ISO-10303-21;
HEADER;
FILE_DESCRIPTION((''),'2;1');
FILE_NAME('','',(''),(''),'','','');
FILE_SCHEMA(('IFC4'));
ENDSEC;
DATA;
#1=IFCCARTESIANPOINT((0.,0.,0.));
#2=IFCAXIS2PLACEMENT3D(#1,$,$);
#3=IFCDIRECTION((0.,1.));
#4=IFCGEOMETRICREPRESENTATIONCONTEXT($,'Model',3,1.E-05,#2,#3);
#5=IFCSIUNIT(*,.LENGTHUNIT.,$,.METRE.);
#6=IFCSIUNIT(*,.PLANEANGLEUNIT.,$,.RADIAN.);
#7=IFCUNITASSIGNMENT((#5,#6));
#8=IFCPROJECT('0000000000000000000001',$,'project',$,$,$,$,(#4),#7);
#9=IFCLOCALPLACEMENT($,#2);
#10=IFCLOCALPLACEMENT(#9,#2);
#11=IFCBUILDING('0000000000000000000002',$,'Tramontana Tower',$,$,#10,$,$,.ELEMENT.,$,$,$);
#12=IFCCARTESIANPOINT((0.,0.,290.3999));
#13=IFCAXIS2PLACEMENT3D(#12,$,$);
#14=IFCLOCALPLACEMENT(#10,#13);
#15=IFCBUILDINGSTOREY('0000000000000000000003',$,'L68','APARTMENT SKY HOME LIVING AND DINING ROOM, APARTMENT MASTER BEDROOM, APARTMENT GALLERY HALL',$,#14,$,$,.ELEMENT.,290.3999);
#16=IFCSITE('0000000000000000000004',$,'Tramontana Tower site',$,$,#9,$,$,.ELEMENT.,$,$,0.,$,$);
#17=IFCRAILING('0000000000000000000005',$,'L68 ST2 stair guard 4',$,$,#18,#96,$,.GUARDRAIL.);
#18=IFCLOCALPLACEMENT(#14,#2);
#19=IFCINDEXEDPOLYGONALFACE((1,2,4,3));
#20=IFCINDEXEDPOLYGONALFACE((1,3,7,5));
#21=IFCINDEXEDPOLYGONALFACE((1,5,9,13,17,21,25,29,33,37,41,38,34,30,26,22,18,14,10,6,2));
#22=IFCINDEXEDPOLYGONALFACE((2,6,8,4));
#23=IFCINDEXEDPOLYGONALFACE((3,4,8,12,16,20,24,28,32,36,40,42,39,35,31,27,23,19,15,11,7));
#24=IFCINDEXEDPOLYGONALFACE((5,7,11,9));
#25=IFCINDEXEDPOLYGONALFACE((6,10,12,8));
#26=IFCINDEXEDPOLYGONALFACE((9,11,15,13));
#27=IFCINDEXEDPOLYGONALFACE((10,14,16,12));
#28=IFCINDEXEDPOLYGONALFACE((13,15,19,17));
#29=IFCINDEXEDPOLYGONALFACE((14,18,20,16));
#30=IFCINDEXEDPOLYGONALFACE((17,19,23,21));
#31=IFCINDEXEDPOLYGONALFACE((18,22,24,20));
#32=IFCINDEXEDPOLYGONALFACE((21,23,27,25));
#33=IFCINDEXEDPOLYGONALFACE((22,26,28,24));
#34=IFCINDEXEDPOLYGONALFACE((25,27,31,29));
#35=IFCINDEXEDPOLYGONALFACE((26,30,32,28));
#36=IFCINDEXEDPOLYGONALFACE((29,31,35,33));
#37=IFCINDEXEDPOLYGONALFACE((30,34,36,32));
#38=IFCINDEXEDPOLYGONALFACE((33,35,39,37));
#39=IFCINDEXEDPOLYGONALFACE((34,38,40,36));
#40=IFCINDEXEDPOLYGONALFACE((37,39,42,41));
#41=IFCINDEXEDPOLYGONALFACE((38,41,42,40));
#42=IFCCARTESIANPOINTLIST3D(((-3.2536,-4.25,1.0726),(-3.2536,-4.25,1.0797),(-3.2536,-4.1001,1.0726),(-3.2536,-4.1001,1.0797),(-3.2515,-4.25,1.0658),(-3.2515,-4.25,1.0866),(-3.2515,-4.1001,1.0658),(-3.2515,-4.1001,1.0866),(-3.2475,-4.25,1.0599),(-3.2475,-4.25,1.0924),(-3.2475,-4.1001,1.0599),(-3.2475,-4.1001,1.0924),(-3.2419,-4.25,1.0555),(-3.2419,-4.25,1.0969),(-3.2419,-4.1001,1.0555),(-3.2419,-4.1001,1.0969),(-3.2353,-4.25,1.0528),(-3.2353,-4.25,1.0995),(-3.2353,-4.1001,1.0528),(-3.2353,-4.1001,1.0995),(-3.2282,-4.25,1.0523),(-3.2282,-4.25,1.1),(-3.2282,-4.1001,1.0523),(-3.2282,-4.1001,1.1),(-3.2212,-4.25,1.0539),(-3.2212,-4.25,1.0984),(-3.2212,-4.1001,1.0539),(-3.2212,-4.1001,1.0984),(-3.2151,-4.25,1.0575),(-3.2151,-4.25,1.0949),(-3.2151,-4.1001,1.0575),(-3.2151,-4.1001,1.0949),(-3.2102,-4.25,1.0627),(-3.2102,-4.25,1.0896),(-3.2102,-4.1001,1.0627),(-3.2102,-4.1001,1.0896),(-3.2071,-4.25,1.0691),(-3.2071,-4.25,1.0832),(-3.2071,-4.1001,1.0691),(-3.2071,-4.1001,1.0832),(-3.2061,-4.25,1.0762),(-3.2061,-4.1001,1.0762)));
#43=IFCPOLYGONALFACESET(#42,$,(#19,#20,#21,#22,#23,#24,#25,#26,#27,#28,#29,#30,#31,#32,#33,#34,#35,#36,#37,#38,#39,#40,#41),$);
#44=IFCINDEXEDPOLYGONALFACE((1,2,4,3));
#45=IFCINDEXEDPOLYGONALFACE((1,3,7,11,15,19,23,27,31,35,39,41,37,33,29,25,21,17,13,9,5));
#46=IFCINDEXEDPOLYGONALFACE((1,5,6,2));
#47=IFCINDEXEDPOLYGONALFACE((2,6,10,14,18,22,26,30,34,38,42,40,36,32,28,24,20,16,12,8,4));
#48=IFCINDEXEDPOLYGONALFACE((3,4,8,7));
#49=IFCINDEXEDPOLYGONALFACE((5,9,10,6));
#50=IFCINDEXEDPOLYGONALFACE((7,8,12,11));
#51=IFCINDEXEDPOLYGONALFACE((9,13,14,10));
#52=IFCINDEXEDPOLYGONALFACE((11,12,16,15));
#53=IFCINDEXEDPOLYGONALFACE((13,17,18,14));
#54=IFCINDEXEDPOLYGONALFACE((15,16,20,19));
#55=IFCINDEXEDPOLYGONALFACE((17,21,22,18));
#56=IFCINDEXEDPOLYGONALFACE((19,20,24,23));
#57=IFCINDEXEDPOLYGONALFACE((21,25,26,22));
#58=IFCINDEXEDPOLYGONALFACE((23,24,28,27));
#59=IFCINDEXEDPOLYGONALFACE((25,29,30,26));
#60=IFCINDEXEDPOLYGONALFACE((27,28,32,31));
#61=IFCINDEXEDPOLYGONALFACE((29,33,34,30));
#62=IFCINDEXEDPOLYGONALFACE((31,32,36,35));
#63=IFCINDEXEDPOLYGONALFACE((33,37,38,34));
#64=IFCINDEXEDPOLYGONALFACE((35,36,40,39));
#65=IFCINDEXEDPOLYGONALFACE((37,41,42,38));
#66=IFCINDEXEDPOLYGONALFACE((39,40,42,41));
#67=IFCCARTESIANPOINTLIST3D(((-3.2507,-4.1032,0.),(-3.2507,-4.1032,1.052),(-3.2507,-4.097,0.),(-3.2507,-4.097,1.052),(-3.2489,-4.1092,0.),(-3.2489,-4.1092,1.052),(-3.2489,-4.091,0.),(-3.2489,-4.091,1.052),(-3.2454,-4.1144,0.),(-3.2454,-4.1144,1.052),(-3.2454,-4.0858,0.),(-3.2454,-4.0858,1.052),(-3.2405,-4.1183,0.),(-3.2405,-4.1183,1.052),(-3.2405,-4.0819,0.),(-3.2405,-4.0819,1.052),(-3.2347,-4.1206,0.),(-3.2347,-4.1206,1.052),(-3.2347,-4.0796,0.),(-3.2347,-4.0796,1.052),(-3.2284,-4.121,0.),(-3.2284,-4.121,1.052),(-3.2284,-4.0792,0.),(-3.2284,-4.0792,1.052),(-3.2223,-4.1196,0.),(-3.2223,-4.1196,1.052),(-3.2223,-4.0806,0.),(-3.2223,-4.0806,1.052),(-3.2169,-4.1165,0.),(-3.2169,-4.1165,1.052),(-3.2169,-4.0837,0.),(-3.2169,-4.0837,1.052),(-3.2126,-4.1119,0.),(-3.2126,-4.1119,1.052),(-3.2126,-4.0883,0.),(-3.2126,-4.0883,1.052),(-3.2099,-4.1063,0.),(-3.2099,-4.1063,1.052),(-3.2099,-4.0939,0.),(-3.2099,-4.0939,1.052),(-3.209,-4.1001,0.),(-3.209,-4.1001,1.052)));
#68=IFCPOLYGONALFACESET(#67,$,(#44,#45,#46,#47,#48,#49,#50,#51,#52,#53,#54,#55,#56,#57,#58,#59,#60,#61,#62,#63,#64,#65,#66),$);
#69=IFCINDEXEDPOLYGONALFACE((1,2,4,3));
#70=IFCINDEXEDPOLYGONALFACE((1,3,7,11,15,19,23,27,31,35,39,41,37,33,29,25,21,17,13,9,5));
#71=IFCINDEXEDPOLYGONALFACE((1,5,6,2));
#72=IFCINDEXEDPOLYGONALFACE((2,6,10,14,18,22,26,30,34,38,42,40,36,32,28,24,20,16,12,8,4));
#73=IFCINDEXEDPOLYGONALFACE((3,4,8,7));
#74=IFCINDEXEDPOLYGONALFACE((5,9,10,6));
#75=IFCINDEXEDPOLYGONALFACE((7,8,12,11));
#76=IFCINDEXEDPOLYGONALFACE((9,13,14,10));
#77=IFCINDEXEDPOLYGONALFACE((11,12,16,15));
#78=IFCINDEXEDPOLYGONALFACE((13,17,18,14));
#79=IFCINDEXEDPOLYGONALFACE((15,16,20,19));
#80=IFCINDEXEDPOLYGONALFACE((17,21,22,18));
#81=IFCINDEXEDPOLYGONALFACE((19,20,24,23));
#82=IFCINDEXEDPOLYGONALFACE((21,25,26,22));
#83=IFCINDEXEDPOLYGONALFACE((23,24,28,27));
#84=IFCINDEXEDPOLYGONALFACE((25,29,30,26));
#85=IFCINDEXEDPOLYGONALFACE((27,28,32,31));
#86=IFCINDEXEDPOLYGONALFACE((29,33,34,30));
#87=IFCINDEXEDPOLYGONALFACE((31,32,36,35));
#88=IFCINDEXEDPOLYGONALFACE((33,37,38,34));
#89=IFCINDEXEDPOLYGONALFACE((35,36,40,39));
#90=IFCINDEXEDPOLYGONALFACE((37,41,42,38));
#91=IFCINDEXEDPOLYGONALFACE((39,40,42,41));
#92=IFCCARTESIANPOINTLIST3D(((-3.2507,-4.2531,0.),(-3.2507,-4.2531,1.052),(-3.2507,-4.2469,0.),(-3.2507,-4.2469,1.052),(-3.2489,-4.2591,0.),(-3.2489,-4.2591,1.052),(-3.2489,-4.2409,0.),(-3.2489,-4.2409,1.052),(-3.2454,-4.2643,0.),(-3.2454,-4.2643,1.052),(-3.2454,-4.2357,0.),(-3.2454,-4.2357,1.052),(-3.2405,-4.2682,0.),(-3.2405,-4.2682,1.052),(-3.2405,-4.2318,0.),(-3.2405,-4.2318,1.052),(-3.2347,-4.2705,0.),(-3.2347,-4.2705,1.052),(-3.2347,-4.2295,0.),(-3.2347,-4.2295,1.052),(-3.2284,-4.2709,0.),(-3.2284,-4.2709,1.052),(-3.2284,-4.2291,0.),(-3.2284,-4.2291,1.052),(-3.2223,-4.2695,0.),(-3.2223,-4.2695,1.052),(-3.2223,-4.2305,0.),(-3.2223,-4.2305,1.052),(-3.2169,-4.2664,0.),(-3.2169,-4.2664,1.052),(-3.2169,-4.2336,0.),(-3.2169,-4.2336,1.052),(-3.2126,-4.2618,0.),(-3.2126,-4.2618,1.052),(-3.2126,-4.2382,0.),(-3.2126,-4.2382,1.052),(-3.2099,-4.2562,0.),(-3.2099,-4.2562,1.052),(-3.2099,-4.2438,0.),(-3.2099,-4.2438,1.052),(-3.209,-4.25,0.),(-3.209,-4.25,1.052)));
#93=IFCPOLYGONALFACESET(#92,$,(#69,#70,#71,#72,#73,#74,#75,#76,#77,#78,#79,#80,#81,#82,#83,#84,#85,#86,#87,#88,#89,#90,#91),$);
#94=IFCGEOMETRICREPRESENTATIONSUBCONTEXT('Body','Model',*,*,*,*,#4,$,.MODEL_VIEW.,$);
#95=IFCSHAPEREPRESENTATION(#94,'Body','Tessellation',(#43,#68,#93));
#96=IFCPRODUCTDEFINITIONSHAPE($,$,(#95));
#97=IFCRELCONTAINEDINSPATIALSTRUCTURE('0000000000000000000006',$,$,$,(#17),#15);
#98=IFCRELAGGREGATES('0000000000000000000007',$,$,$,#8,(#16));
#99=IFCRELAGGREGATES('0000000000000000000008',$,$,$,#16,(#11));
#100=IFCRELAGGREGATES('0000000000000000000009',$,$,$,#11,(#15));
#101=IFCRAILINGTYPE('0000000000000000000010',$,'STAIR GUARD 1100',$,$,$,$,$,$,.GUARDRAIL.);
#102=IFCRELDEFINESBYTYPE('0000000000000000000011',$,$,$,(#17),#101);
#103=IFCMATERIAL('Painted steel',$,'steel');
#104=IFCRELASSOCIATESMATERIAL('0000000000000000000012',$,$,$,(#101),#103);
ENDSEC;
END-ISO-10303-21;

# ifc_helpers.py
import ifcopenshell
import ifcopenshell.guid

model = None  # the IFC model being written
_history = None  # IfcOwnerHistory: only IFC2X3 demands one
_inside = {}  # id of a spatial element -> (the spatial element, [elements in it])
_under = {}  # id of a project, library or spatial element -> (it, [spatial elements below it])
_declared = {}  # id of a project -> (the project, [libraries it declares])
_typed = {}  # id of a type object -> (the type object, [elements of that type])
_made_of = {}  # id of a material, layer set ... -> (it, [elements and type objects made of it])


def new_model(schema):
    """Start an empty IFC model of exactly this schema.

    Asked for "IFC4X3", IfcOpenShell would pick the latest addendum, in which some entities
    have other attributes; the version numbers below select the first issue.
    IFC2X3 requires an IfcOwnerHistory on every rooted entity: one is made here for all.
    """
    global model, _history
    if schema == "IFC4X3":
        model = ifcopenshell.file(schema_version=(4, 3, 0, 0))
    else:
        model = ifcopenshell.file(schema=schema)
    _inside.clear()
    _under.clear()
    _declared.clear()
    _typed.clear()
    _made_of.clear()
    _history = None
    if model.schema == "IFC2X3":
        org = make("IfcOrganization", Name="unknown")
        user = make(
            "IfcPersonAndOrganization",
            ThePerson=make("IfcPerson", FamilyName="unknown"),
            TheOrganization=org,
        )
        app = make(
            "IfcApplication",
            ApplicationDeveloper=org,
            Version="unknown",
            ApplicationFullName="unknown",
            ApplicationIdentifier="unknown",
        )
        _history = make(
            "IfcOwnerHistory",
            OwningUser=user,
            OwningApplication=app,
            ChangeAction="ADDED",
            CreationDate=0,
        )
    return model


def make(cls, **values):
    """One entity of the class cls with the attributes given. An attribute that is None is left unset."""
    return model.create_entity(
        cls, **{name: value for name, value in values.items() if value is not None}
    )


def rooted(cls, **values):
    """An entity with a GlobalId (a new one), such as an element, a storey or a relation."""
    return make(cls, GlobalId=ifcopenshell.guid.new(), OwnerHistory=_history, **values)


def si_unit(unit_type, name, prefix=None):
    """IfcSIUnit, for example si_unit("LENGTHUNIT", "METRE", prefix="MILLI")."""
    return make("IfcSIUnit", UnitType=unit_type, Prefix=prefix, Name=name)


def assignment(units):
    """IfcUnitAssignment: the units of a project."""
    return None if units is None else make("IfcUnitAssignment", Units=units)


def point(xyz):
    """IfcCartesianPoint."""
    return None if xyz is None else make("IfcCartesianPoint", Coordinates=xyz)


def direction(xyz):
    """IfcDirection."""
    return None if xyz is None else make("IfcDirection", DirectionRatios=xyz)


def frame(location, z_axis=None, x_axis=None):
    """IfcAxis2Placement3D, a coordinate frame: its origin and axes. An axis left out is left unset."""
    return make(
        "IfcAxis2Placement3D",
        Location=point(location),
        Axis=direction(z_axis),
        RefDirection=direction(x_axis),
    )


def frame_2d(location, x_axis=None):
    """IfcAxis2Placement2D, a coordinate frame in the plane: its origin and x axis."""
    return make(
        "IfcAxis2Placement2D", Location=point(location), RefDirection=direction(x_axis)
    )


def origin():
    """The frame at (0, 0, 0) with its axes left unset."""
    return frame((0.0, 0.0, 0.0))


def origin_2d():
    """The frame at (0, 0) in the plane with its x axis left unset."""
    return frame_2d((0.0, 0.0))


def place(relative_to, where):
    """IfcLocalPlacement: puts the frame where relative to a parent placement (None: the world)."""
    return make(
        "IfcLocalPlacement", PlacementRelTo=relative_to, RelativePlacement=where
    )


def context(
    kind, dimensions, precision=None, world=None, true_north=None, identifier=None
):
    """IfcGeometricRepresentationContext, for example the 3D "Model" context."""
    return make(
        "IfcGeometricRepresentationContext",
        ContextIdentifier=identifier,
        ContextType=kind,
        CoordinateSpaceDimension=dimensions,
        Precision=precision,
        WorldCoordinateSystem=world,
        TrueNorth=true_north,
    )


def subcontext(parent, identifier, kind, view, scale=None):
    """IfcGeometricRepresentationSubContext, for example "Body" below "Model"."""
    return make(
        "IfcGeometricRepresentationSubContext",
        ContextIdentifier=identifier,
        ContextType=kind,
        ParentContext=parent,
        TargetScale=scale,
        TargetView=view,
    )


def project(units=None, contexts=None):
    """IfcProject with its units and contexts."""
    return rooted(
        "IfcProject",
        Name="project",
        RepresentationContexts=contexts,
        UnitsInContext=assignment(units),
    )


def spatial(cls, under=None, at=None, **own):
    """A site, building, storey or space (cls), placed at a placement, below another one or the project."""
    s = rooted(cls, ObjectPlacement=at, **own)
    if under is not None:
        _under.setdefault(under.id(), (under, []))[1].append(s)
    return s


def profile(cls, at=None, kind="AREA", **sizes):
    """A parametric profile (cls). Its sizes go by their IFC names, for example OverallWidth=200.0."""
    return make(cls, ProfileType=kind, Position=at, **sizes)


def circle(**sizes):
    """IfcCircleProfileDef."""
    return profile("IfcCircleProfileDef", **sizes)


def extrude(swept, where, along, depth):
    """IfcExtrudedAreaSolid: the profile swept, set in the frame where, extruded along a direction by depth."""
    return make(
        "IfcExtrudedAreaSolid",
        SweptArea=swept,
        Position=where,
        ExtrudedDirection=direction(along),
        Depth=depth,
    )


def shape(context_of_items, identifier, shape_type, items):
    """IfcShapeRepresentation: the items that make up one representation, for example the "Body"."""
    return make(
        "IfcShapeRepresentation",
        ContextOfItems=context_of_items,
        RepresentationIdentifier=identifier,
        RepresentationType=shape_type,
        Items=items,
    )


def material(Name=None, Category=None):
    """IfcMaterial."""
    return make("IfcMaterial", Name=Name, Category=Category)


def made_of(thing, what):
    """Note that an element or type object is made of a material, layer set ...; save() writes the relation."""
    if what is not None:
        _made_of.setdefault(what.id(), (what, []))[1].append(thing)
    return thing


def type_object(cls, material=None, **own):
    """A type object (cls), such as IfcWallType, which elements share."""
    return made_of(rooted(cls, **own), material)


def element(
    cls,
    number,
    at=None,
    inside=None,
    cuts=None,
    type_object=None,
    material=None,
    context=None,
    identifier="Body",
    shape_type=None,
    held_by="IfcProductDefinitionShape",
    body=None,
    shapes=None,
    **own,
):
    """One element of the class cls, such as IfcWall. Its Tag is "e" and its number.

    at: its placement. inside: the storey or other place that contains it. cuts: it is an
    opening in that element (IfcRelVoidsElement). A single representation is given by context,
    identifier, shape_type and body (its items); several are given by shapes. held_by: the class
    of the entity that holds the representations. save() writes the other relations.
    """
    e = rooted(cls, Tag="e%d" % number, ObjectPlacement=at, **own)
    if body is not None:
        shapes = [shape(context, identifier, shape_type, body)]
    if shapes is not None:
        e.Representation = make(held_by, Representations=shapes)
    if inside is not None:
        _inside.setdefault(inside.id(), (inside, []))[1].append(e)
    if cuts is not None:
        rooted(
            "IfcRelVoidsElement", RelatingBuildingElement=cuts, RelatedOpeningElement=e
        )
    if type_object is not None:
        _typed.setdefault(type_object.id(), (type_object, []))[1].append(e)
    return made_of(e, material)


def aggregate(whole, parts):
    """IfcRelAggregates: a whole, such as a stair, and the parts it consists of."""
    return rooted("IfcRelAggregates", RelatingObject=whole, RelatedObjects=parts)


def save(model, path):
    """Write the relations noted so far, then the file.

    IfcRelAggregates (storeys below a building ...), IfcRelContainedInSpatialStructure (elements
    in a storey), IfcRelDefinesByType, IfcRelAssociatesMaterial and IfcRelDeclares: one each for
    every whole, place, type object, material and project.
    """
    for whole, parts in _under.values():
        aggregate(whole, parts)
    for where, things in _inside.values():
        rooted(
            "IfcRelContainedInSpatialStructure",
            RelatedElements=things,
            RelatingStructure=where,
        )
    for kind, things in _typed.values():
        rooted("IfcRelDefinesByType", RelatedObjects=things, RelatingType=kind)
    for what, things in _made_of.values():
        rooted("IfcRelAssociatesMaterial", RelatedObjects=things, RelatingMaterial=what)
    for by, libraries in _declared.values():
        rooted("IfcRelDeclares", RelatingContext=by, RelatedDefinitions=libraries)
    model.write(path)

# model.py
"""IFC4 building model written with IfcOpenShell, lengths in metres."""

from ifc_helpers import new_model, si_unit, direction, frame, origin, origin_2d, place, context, subcontext, project, spatial, circle, extrude, material, type_object, element, save


model = new_model("IFC4")

# Units and contexts
model_context = context("Model", 3, precision=1e-05, world=origin(), true_north=direction((0.0, 1.0)))
body_context = subcontext(model_context, "Body", "Model", "MODEL_VIEW")
ifc_project = project(units=[si_unit("LENGTHUNIT", "METRE"), si_unit("PLANEANGLEUNIT", "RADIAN")], contexts=[model_context])

# Site, building, storey
site_placement = place(None, origin())
site = spatial("IfcSite", under=ifc_project, at=site_placement, Name="Tramontana Tower site", CompositionType="ELEMENT", RefElevation=0.0)
building_placement = place(site_placement, origin())
building = spatial("IfcBuilding", under=site, at=building_placement, Name="Tramontana Tower", CompositionType="ELEMENT")
storey_placement = place(building_placement, frame((0.0, 0.0, 290.3999)))
storey = spatial("IfcBuildingStorey", under=building, at=storey_placement, Name="L68", Description="APARTMENT SKY HOME LIVING AND DINING ROOM, APARTMENT MASTER BEDROOM, APARTMENT GALLERY HALL", CompositionType="ELEMENT", Elevation=290.3999)

# Railing
ifc_material_1 = material(Name="Painted steel", Category="steel")
railing_type_1 = type_object("IfcRailingType", Name="STAIR GUARD 1100", PredefinedType="GUARDRAIL", material=ifc_material_1)
railing_1_placement = place(storey_placement, frame((-3.23, -4.1001, 0.0)))
element("IfcRailing", 1, at=railing_1_placement, inside=storey, type_object=railing_type_1, Name="L68 ST2 stair guard 4", PredefinedType="GUARDRAIL", context=body_context, shape_type="SweptSolid", body=[
    extrude(circle(Radius=0.0239, at=origin_2d()), frame((0.0, 0.0, 1.0762), z_axis=(0.0, -1.0, 0.0), x_axis=(1.0, 0.0, 0.0)), (0.0, 0.0, 1.0), 0.1499),
    extrude(circle(Radius=0.021, at=origin_2d()), origin(), (0.0, 0.0, 1.0), 1.052),
    extrude(circle(Radius=0.021, at=origin_2d()), frame((0.0, -0.1499, 0.0)), (0.0, 0.0, 1.0), 1.052),
])

save(model, "model.ifc")
